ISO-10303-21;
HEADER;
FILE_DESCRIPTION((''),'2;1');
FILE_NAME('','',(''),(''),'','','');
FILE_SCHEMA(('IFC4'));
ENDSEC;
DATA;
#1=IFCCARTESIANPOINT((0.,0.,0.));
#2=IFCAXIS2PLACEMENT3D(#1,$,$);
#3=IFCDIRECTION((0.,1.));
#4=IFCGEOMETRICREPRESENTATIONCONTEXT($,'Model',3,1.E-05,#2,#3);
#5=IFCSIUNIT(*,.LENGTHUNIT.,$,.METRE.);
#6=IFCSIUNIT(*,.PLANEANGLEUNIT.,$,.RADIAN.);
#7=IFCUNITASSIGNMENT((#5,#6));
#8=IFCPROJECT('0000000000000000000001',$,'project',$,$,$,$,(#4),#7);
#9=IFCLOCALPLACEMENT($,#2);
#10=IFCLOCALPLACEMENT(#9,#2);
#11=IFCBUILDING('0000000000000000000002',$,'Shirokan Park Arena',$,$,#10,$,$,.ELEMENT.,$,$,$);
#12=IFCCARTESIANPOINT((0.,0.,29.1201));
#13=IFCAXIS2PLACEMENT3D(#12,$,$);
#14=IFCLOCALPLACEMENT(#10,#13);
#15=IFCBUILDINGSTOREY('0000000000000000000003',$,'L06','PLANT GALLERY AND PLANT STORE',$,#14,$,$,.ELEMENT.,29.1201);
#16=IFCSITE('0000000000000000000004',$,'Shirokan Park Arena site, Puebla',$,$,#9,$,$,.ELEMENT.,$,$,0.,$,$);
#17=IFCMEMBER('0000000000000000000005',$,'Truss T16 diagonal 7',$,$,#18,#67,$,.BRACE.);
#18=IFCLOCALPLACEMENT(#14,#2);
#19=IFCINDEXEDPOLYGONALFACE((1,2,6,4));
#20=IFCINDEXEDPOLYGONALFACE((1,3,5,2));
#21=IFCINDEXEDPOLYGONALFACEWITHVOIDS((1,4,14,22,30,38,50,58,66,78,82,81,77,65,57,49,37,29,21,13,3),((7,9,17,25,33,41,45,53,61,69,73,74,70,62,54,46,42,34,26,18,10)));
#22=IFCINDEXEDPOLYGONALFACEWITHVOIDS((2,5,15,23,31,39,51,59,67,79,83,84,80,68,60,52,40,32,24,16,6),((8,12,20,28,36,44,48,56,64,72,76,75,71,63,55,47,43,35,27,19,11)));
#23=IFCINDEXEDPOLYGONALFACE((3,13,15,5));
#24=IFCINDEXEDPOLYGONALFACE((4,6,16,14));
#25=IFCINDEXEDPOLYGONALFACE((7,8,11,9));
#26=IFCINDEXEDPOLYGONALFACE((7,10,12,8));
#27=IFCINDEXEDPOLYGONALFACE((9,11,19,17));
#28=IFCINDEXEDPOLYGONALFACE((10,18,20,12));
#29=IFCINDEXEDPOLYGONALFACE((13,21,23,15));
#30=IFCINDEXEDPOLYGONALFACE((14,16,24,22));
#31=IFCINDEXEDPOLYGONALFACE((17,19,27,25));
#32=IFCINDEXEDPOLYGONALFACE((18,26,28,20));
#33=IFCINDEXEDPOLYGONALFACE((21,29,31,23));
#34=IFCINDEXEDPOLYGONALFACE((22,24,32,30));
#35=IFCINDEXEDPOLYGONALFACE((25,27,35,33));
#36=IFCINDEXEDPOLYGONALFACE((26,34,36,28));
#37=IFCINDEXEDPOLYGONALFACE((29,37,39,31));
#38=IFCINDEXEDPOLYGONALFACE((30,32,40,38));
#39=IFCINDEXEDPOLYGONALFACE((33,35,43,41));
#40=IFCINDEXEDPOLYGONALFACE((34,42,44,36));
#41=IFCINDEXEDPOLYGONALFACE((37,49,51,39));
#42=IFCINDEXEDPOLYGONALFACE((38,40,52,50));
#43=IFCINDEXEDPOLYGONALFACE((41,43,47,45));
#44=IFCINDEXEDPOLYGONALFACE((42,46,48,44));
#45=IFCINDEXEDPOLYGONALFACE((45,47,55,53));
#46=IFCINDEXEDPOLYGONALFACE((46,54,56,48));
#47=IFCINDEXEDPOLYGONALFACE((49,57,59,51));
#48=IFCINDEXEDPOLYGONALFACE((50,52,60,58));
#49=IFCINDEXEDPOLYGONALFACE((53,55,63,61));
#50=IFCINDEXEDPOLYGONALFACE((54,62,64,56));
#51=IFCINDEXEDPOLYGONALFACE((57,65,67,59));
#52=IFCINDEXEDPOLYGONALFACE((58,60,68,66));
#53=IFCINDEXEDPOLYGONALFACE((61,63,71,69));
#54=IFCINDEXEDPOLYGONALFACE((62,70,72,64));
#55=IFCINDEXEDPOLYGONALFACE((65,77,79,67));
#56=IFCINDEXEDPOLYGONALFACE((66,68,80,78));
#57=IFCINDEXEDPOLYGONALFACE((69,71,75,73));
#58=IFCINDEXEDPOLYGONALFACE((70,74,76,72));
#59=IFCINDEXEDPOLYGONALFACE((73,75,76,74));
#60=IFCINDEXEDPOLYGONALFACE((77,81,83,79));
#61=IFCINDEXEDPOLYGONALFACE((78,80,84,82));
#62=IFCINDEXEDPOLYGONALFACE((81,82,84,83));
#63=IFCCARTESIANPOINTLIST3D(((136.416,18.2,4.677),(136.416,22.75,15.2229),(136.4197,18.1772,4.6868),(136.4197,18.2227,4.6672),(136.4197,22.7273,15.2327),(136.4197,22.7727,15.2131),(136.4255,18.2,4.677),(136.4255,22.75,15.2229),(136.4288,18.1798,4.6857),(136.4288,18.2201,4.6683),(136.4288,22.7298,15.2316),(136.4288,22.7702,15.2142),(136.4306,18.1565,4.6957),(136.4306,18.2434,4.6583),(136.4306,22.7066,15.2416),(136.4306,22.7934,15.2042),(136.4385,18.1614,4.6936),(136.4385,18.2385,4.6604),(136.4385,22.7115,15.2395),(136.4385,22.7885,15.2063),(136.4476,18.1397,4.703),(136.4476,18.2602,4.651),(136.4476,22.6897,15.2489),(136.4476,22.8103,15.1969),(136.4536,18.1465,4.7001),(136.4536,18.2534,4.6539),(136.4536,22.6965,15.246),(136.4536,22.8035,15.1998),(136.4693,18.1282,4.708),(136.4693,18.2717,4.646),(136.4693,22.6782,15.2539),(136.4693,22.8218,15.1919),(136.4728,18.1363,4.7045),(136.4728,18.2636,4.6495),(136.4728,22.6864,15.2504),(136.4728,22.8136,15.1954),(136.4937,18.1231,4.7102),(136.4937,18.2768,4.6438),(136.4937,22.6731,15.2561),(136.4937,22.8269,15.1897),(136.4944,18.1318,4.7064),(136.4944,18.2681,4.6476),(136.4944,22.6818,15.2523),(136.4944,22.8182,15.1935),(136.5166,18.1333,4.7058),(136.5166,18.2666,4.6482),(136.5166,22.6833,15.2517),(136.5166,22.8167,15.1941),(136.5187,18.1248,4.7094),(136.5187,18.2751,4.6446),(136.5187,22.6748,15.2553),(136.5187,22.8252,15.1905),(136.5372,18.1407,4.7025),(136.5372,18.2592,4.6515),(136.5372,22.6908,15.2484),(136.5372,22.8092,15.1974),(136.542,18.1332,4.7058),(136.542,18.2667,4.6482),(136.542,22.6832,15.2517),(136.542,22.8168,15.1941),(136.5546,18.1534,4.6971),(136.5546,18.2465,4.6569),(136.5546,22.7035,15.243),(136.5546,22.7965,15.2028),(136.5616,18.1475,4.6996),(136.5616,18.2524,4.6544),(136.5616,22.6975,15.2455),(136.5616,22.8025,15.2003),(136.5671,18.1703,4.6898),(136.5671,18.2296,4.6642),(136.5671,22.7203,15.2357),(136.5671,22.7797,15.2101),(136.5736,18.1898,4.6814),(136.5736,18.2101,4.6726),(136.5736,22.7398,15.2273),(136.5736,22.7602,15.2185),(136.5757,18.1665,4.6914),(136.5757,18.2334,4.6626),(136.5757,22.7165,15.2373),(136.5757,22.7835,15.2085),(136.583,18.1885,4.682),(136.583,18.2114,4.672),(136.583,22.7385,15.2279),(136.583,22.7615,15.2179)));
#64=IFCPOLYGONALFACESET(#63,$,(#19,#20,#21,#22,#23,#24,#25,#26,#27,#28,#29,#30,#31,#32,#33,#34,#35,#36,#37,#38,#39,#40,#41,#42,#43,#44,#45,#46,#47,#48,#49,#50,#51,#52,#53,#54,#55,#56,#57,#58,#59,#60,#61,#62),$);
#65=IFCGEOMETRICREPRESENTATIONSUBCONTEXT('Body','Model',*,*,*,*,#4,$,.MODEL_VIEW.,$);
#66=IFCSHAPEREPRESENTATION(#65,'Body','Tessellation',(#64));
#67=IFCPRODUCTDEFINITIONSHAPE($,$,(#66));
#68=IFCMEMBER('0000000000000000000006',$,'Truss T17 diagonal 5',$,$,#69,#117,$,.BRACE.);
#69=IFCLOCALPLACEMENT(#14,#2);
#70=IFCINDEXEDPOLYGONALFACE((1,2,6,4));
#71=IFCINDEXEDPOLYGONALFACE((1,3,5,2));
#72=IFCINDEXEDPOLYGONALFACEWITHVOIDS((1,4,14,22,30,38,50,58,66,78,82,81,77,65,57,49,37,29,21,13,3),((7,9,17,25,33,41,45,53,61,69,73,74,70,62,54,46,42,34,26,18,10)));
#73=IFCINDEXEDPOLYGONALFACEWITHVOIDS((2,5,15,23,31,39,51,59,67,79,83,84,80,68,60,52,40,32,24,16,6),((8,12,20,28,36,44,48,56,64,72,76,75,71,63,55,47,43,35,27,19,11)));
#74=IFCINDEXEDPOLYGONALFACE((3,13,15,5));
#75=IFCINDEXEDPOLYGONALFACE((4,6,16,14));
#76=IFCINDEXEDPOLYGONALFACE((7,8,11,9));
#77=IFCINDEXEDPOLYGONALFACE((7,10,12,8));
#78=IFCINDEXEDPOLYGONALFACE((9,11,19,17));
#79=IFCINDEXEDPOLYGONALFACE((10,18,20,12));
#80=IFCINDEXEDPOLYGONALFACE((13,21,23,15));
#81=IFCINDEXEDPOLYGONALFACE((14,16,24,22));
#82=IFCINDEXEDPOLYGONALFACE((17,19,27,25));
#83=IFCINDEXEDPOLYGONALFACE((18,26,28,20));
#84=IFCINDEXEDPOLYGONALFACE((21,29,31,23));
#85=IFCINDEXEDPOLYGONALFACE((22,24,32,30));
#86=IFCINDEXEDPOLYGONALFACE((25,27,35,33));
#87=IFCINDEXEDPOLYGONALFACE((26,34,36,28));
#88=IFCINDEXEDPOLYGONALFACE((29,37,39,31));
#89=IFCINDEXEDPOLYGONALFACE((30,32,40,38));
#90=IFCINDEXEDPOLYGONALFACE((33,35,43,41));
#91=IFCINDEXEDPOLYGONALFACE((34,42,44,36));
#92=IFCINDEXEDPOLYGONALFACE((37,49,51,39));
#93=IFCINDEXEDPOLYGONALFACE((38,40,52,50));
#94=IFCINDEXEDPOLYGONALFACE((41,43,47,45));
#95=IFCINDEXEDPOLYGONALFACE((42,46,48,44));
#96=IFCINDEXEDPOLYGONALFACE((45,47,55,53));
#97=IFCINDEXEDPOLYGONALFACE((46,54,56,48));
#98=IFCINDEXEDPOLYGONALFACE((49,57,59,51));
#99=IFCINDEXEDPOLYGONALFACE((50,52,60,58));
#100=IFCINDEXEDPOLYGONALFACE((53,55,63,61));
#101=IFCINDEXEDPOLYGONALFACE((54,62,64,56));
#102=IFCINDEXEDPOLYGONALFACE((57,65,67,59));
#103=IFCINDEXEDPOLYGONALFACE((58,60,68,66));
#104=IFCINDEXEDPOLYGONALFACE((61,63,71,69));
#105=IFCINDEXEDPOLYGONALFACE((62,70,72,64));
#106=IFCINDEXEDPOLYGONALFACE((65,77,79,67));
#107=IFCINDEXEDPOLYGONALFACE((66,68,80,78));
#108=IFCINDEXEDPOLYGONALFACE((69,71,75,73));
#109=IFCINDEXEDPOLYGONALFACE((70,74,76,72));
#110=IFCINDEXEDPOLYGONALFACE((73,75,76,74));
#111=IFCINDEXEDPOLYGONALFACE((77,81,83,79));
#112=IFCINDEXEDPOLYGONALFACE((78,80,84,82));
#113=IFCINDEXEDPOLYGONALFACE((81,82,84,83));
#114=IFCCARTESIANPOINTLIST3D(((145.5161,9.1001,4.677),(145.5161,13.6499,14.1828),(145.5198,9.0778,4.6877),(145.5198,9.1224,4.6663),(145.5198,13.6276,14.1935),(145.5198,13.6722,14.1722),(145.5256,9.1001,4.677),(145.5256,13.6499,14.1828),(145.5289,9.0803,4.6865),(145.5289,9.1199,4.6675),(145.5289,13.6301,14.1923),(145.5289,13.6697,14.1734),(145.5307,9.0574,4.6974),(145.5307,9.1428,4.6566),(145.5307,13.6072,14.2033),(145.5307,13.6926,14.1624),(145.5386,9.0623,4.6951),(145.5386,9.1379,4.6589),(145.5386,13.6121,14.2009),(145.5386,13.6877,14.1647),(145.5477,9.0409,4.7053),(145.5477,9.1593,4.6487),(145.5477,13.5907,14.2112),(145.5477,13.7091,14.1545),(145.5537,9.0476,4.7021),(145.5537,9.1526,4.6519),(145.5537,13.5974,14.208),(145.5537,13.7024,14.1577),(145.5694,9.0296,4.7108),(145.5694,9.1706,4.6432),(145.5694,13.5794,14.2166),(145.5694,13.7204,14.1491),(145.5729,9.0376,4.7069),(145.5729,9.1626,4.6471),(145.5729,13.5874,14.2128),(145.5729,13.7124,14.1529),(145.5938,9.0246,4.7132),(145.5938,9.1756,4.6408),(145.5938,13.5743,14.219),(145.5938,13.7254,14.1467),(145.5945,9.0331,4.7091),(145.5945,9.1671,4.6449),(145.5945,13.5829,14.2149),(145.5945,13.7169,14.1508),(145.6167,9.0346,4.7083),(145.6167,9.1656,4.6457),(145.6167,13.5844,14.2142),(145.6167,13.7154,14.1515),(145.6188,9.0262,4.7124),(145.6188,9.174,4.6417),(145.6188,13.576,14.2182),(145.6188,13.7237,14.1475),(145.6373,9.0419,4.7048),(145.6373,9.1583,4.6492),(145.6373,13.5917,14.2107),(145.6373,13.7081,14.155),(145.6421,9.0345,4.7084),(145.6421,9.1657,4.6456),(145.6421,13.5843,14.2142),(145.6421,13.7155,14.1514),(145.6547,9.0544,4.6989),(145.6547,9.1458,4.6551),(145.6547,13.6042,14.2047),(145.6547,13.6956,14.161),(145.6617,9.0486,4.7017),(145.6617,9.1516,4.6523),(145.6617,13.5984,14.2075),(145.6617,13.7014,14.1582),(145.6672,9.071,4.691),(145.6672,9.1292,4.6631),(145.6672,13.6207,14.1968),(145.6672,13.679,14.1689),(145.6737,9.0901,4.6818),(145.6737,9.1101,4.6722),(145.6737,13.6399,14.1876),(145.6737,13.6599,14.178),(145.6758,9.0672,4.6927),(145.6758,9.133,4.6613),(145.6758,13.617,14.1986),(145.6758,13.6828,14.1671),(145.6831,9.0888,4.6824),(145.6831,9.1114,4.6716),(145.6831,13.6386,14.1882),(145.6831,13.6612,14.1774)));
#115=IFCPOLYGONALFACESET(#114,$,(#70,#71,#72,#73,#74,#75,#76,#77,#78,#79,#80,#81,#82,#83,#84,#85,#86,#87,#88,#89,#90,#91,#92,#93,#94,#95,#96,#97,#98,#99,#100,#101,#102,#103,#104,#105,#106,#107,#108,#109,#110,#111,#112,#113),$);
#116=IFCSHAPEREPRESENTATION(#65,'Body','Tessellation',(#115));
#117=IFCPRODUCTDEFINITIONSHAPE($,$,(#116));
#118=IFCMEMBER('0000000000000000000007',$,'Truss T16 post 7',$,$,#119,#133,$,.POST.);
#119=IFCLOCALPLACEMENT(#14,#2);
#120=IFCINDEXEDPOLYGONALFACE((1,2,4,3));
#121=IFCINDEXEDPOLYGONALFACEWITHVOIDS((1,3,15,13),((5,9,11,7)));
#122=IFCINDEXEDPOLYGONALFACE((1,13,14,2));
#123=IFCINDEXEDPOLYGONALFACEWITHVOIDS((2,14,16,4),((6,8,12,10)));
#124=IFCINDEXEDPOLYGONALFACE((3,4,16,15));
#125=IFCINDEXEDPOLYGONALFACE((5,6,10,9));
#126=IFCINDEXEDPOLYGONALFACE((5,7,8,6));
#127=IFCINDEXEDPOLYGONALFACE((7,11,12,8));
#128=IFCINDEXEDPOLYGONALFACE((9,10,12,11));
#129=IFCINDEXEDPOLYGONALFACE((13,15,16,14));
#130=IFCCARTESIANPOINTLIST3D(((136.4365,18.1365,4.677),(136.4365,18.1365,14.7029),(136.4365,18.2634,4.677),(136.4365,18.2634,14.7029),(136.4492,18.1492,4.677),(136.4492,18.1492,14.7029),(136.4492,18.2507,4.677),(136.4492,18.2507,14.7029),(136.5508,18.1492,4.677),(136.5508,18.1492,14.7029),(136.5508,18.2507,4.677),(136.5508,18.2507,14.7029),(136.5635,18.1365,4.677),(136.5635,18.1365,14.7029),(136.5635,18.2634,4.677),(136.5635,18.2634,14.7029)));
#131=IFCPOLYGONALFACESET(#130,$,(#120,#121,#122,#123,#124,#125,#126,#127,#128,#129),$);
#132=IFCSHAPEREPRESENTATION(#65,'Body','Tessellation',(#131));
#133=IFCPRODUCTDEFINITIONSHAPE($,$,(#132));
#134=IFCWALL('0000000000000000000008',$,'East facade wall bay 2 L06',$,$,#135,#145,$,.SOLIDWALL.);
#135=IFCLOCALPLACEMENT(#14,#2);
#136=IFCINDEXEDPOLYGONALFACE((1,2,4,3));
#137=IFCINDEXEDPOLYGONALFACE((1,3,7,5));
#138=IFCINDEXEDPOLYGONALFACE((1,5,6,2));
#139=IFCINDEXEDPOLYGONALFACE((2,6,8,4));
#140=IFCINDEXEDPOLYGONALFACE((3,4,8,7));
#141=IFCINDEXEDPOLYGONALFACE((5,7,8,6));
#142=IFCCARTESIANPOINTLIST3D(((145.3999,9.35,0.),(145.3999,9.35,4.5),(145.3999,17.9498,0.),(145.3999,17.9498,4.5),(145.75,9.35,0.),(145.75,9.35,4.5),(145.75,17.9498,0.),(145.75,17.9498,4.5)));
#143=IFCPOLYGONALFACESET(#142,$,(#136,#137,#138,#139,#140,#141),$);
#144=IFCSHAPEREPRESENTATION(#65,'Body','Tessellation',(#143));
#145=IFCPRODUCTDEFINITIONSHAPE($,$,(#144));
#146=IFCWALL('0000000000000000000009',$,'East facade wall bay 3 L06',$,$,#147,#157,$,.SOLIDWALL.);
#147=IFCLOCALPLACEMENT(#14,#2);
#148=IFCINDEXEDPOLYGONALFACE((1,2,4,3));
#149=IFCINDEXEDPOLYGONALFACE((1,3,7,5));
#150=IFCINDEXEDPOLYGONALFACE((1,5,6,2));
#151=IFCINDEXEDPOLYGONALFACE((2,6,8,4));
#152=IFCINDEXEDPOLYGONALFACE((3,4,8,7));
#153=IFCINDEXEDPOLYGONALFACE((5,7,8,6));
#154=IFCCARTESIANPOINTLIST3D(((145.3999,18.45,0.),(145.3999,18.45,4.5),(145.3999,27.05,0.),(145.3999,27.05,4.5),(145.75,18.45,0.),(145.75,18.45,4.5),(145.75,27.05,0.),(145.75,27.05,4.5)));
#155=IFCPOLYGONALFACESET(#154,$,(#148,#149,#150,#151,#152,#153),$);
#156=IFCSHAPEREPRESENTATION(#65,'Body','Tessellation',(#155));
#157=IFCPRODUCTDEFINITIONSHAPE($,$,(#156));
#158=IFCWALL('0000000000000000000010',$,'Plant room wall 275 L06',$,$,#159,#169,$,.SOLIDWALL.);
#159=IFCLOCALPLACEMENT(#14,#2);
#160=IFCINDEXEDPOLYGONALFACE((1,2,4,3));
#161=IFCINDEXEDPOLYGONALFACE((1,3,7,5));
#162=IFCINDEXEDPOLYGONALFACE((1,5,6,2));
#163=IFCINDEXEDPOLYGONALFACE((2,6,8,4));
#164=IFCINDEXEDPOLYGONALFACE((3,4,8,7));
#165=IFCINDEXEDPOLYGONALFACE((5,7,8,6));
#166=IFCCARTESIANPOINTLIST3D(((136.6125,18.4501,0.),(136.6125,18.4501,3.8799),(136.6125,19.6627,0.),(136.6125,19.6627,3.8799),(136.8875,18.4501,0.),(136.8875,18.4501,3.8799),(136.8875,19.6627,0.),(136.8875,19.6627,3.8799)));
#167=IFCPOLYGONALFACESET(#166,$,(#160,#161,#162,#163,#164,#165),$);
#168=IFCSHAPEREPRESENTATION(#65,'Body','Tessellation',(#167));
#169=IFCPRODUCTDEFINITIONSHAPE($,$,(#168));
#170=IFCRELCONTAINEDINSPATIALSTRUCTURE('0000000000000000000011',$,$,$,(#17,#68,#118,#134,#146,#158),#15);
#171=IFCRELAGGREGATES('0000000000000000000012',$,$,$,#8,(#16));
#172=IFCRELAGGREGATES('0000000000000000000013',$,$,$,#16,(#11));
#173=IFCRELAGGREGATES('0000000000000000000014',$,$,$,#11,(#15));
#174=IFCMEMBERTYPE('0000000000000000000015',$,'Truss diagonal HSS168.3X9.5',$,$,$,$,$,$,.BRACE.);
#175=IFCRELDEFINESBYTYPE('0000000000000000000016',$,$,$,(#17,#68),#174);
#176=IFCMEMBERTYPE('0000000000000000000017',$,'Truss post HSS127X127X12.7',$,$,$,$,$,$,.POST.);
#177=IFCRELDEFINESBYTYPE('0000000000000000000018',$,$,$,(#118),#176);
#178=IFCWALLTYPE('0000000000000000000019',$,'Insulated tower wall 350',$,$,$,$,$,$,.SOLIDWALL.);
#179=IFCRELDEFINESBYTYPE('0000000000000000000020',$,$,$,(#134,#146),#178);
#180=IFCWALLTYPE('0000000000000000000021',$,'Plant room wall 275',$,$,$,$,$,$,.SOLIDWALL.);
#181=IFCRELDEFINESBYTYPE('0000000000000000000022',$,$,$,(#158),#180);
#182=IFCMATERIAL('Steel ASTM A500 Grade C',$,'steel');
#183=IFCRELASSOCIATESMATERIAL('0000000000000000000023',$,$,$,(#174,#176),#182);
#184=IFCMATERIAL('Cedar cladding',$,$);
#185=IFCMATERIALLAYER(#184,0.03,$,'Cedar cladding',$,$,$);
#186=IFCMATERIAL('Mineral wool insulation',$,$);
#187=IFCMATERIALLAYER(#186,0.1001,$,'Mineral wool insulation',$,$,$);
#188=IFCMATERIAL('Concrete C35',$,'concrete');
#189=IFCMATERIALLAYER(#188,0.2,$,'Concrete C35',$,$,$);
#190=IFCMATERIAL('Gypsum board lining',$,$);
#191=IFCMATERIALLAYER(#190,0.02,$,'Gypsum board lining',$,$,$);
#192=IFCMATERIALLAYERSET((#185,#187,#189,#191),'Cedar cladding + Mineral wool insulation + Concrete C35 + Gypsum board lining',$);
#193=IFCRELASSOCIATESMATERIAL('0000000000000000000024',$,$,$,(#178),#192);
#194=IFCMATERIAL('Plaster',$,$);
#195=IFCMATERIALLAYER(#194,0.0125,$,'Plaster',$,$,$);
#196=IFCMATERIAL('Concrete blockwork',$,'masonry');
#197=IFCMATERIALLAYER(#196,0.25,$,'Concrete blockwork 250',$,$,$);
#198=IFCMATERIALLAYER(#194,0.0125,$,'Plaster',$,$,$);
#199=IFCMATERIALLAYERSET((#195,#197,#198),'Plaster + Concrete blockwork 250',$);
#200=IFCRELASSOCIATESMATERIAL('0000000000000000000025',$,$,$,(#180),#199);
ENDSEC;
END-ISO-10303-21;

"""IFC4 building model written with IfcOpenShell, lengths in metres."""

from ifc_helpers import new_model, si_unit, direction, frame, frame_2d, origin, origin_2d, place, context, subcontext, project, spatial, rectangle, hollow_rectangle, hollow_circle, extrude, material, layer, layer_set, material_profile, profile_set, type_object, element, save


model = new_model("IFC4")

# Units and contexts
model_context = context("Model", 3, precision=1e-05, world=origin(), true_north=direction((0.0, 1.0)))
body_context = subcontext(model_context, "Body", "Model", "MODEL_VIEW")
ifc_project = project(units=[si_unit("LENGTHUNIT", "METRE"), si_unit("PLANEANGLEUNIT", "RADIAN")], contexts=[model_context])

# Site, building, storey
site_placement = place(None, origin())
site = spatial("IfcSite", under=ifc_project, at=site_placement, Name="Shirokan Park Arena site, Puebla", CompositionType="ELEMENT", RefElevation=0.0)
building_placement = place(site_placement, origin())
building = spatial("IfcBuilding", under=site, at=building_placement, Name="Shirokan Park Arena", CompositionType="ELEMENT")
storey_placement = place(building_placement, frame((0.0, 0.0, 29.1201)))
storey = spatial("IfcBuildingStorey", under=building, at=storey_placement, Name="L06", Description="PLANT GALLERY AND PLANT STORE", CompositionType="ELEMENT", Elevation=29.1201)

# Shared definitions
ifc_material_1 = material(Name="Steel ASTM A500 Grade C", Category="steel")

# Shared definitions
ifc_material_2 = material(Name="Concrete C35", Category="concrete")

# Members
ifc_material_profile_1 = material_profile(ifc_material_1, hollow_circle(Radius=0.084, WallThickness=0.0095, at=origin_2d()), Name="HSS168.3X9.5")
ifc_profile_set_1 = profile_set([ifc_material_profile_1], Name="Steel ASTM A500 Grade C")
member_type_1 = type_object("IfcMemberType", Name="Truss diagonal HSS168.3X9.5", PredefinedType="BRACE", material=ifc_profile_set_1)
member_1_placement = place(storey_placement, frame((136.5, 18.2, 4.677), z_axis=(0.0, 0.396153, 0.918185), x_axis=(-1.0, 0.0, 0.0)))
element("IfcMember", 1, at=member_1_placement, inside=storey, type_object=member_type_1, Name="Truss T16 diagonal 7", PredefinedType="BRACE", context=body_context, shape_type="SweptSolid", body=[
    extrude(hollow_circle(Radius=0.084, WallThickness=0.0095, at=origin_2d()), origin(), (0.0, 0.0, 1.0), 11.4856),
])
member_2_placement = place(storey_placement, frame((145.6001, 9.1001, 4.677), z_axis=(0.0, 0.431728, 0.902004), x_axis=(-1.0, 0.0, 0.0)))
element("IfcMember", 2, at=member_2_placement, inside=storey, type_object=member_type_1, Name="Truss T17 diagonal 5", PredefinedType="BRACE", context=body_context, shape_type="SweptSolid", body=[
    extrude(hollow_circle(Radius=0.084, WallThickness=0.0095, at=origin_2d()), origin(), (0.0, 0.0, 1.0), 10.5386),
])
ifc_material_profile_2 = material_profile(ifc_material_1, hollow_rectangle(XDim=0.127, YDim=0.127, WallThickness=0.0127, at=origin_2d()), Name="HSS127X127X12.7")
ifc_profile_set_2 = profile_set([ifc_material_profile_2], Name="Steel ASTM A500 Grade C")
member_type_2 = type_object("IfcMemberType", Name="Truss post HSS127X127X12.7", PredefinedType="POST", material=ifc_profile_set_2)
member_3_placement = place(storey_placement, frame((136.5, 18.2, 4.677), z_axis=(0.0, 0.0, 1.0), x_axis=(1.0, 0.0, 0.0)))
element("IfcMember", 3, at=member_3_placement, inside=storey, type_object=member_type_2, Name="Truss T16 post 7", PredefinedType="POST", context=body_context, shape_type="SweptSolid", body=[
    extrude(hollow_rectangle(XDim=0.127, YDim=0.127, WallThickness=0.0127, at=origin_2d()), origin(), (0.0, 0.0, 1.0), 10.0259),
])

# Walls
ifc_material_3 = material(Name="Cedar cladding")
ifc_layer_1 = layer(ifc_material_3, 0.03, Name="Cedar cladding")
ifc_material_4 = material(Name="Mineral wool insulation")
ifc_layer_2 = layer(ifc_material_4, 0.1001, Name="Mineral wool insulation")
ifc_layer_3 = layer(ifc_material_2, 0.2, Name="Concrete C35")
ifc_material_5 = material(Name="Gypsum board lining")
ifc_layer_4 = layer(ifc_material_5, 0.02, Name="Gypsum board lining")
ifc_layer_set_1 = layer_set([ifc_layer_1, ifc_layer_2, ifc_layer_3, ifc_layer_4], Name="Cedar cladding + Mineral wool insulation + Concrete C35 + Gypsum board lining")
wall_type_1 = type_object("IfcWallType", Name="Insulated tower wall 350", PredefinedType="SOLIDWALL", material=ifc_layer_set_1)
wall_1_placement = place(storey_placement, frame((145.575, 9.3501, 0.0), z_axis=(0.0, 0.0, 1.0), x_axis=(0.0, 1.0, 0.0)))
element("IfcWall", 4, at=wall_1_placement, inside=storey, type_object=wall_type_1, Name="East facade wall bay 2 L06", PredefinedType="SOLIDWALL", context=body_context, shape_type="SweptSolid", body=[
    extrude(rectangle(XDim=8.5999, YDim=0.3501, at=frame_2d((4.2998, 0.0))), origin(), (0.0, 0.0, 1.0), 4.5),
])
wall_2_placement = place(storey_placement, frame((145.575, 18.45, 0.0), z_axis=(0.0, 0.0, 1.0), x_axis=(0.0, 1.0, 0.0)))
element("IfcWall", 5, at=wall_2_placement, inside=storey, type_object=wall_type_1, Name="East facade wall bay 3 L06", PredefinedType="SOLIDWALL", context=body_context, shape_type="SweptSolid", body=[
    extrude(rectangle(XDim=8.6001, YDim=0.3501, at=frame_2d((4.3, 0.0))), origin(), (0.0, 0.0, 1.0), 4.5),
])

# Shared definitions
ifc_material_6 = material(Name="Plaster")
ifc_layer_5 = layer(ifc_material_6, 0.0125, Name="Plaster")
ifc_material_7 = material(Name="Concrete blockwork", Category="masonry")
ifc_layer_6 = layer(ifc_material_7, 0.25, Name="Concrete blockwork 250")
ifc_layer_7 = layer(ifc_material_6, 0.0125, Name="Plaster")
ifc_layer_set_2 = layer_set([ifc_layer_5, ifc_layer_6, ifc_layer_7], Name="Plaster + Concrete blockwork 250")
wall_type_2 = type_object("IfcWallType", Name="Plant room wall 275", PredefinedType="SOLIDWALL", material=ifc_layer_set_2)

# Wall
wall_3_placement = place(storey_placement, frame((136.75, 18.45, 0.0), z_axis=(0.0, 0.0, 1.0), x_axis=(0.0, 1.0, 0.0)))
element("IfcWall", 6, at=wall_3_placement, inside=storey, type_object=wall_type_2, Name="Plant room wall 275 L06", PredefinedType="SOLIDWALL", context=body_context, shape_type="SweptSolid", body=[
    extrude(rectangle(XDim=1.2126, YDim=0.2749, at=frame_2d((0.6064, 0.0))), origin(), (0.0, 0.0, 1.0), 3.8799),
])

save(model, "model.ifc")
